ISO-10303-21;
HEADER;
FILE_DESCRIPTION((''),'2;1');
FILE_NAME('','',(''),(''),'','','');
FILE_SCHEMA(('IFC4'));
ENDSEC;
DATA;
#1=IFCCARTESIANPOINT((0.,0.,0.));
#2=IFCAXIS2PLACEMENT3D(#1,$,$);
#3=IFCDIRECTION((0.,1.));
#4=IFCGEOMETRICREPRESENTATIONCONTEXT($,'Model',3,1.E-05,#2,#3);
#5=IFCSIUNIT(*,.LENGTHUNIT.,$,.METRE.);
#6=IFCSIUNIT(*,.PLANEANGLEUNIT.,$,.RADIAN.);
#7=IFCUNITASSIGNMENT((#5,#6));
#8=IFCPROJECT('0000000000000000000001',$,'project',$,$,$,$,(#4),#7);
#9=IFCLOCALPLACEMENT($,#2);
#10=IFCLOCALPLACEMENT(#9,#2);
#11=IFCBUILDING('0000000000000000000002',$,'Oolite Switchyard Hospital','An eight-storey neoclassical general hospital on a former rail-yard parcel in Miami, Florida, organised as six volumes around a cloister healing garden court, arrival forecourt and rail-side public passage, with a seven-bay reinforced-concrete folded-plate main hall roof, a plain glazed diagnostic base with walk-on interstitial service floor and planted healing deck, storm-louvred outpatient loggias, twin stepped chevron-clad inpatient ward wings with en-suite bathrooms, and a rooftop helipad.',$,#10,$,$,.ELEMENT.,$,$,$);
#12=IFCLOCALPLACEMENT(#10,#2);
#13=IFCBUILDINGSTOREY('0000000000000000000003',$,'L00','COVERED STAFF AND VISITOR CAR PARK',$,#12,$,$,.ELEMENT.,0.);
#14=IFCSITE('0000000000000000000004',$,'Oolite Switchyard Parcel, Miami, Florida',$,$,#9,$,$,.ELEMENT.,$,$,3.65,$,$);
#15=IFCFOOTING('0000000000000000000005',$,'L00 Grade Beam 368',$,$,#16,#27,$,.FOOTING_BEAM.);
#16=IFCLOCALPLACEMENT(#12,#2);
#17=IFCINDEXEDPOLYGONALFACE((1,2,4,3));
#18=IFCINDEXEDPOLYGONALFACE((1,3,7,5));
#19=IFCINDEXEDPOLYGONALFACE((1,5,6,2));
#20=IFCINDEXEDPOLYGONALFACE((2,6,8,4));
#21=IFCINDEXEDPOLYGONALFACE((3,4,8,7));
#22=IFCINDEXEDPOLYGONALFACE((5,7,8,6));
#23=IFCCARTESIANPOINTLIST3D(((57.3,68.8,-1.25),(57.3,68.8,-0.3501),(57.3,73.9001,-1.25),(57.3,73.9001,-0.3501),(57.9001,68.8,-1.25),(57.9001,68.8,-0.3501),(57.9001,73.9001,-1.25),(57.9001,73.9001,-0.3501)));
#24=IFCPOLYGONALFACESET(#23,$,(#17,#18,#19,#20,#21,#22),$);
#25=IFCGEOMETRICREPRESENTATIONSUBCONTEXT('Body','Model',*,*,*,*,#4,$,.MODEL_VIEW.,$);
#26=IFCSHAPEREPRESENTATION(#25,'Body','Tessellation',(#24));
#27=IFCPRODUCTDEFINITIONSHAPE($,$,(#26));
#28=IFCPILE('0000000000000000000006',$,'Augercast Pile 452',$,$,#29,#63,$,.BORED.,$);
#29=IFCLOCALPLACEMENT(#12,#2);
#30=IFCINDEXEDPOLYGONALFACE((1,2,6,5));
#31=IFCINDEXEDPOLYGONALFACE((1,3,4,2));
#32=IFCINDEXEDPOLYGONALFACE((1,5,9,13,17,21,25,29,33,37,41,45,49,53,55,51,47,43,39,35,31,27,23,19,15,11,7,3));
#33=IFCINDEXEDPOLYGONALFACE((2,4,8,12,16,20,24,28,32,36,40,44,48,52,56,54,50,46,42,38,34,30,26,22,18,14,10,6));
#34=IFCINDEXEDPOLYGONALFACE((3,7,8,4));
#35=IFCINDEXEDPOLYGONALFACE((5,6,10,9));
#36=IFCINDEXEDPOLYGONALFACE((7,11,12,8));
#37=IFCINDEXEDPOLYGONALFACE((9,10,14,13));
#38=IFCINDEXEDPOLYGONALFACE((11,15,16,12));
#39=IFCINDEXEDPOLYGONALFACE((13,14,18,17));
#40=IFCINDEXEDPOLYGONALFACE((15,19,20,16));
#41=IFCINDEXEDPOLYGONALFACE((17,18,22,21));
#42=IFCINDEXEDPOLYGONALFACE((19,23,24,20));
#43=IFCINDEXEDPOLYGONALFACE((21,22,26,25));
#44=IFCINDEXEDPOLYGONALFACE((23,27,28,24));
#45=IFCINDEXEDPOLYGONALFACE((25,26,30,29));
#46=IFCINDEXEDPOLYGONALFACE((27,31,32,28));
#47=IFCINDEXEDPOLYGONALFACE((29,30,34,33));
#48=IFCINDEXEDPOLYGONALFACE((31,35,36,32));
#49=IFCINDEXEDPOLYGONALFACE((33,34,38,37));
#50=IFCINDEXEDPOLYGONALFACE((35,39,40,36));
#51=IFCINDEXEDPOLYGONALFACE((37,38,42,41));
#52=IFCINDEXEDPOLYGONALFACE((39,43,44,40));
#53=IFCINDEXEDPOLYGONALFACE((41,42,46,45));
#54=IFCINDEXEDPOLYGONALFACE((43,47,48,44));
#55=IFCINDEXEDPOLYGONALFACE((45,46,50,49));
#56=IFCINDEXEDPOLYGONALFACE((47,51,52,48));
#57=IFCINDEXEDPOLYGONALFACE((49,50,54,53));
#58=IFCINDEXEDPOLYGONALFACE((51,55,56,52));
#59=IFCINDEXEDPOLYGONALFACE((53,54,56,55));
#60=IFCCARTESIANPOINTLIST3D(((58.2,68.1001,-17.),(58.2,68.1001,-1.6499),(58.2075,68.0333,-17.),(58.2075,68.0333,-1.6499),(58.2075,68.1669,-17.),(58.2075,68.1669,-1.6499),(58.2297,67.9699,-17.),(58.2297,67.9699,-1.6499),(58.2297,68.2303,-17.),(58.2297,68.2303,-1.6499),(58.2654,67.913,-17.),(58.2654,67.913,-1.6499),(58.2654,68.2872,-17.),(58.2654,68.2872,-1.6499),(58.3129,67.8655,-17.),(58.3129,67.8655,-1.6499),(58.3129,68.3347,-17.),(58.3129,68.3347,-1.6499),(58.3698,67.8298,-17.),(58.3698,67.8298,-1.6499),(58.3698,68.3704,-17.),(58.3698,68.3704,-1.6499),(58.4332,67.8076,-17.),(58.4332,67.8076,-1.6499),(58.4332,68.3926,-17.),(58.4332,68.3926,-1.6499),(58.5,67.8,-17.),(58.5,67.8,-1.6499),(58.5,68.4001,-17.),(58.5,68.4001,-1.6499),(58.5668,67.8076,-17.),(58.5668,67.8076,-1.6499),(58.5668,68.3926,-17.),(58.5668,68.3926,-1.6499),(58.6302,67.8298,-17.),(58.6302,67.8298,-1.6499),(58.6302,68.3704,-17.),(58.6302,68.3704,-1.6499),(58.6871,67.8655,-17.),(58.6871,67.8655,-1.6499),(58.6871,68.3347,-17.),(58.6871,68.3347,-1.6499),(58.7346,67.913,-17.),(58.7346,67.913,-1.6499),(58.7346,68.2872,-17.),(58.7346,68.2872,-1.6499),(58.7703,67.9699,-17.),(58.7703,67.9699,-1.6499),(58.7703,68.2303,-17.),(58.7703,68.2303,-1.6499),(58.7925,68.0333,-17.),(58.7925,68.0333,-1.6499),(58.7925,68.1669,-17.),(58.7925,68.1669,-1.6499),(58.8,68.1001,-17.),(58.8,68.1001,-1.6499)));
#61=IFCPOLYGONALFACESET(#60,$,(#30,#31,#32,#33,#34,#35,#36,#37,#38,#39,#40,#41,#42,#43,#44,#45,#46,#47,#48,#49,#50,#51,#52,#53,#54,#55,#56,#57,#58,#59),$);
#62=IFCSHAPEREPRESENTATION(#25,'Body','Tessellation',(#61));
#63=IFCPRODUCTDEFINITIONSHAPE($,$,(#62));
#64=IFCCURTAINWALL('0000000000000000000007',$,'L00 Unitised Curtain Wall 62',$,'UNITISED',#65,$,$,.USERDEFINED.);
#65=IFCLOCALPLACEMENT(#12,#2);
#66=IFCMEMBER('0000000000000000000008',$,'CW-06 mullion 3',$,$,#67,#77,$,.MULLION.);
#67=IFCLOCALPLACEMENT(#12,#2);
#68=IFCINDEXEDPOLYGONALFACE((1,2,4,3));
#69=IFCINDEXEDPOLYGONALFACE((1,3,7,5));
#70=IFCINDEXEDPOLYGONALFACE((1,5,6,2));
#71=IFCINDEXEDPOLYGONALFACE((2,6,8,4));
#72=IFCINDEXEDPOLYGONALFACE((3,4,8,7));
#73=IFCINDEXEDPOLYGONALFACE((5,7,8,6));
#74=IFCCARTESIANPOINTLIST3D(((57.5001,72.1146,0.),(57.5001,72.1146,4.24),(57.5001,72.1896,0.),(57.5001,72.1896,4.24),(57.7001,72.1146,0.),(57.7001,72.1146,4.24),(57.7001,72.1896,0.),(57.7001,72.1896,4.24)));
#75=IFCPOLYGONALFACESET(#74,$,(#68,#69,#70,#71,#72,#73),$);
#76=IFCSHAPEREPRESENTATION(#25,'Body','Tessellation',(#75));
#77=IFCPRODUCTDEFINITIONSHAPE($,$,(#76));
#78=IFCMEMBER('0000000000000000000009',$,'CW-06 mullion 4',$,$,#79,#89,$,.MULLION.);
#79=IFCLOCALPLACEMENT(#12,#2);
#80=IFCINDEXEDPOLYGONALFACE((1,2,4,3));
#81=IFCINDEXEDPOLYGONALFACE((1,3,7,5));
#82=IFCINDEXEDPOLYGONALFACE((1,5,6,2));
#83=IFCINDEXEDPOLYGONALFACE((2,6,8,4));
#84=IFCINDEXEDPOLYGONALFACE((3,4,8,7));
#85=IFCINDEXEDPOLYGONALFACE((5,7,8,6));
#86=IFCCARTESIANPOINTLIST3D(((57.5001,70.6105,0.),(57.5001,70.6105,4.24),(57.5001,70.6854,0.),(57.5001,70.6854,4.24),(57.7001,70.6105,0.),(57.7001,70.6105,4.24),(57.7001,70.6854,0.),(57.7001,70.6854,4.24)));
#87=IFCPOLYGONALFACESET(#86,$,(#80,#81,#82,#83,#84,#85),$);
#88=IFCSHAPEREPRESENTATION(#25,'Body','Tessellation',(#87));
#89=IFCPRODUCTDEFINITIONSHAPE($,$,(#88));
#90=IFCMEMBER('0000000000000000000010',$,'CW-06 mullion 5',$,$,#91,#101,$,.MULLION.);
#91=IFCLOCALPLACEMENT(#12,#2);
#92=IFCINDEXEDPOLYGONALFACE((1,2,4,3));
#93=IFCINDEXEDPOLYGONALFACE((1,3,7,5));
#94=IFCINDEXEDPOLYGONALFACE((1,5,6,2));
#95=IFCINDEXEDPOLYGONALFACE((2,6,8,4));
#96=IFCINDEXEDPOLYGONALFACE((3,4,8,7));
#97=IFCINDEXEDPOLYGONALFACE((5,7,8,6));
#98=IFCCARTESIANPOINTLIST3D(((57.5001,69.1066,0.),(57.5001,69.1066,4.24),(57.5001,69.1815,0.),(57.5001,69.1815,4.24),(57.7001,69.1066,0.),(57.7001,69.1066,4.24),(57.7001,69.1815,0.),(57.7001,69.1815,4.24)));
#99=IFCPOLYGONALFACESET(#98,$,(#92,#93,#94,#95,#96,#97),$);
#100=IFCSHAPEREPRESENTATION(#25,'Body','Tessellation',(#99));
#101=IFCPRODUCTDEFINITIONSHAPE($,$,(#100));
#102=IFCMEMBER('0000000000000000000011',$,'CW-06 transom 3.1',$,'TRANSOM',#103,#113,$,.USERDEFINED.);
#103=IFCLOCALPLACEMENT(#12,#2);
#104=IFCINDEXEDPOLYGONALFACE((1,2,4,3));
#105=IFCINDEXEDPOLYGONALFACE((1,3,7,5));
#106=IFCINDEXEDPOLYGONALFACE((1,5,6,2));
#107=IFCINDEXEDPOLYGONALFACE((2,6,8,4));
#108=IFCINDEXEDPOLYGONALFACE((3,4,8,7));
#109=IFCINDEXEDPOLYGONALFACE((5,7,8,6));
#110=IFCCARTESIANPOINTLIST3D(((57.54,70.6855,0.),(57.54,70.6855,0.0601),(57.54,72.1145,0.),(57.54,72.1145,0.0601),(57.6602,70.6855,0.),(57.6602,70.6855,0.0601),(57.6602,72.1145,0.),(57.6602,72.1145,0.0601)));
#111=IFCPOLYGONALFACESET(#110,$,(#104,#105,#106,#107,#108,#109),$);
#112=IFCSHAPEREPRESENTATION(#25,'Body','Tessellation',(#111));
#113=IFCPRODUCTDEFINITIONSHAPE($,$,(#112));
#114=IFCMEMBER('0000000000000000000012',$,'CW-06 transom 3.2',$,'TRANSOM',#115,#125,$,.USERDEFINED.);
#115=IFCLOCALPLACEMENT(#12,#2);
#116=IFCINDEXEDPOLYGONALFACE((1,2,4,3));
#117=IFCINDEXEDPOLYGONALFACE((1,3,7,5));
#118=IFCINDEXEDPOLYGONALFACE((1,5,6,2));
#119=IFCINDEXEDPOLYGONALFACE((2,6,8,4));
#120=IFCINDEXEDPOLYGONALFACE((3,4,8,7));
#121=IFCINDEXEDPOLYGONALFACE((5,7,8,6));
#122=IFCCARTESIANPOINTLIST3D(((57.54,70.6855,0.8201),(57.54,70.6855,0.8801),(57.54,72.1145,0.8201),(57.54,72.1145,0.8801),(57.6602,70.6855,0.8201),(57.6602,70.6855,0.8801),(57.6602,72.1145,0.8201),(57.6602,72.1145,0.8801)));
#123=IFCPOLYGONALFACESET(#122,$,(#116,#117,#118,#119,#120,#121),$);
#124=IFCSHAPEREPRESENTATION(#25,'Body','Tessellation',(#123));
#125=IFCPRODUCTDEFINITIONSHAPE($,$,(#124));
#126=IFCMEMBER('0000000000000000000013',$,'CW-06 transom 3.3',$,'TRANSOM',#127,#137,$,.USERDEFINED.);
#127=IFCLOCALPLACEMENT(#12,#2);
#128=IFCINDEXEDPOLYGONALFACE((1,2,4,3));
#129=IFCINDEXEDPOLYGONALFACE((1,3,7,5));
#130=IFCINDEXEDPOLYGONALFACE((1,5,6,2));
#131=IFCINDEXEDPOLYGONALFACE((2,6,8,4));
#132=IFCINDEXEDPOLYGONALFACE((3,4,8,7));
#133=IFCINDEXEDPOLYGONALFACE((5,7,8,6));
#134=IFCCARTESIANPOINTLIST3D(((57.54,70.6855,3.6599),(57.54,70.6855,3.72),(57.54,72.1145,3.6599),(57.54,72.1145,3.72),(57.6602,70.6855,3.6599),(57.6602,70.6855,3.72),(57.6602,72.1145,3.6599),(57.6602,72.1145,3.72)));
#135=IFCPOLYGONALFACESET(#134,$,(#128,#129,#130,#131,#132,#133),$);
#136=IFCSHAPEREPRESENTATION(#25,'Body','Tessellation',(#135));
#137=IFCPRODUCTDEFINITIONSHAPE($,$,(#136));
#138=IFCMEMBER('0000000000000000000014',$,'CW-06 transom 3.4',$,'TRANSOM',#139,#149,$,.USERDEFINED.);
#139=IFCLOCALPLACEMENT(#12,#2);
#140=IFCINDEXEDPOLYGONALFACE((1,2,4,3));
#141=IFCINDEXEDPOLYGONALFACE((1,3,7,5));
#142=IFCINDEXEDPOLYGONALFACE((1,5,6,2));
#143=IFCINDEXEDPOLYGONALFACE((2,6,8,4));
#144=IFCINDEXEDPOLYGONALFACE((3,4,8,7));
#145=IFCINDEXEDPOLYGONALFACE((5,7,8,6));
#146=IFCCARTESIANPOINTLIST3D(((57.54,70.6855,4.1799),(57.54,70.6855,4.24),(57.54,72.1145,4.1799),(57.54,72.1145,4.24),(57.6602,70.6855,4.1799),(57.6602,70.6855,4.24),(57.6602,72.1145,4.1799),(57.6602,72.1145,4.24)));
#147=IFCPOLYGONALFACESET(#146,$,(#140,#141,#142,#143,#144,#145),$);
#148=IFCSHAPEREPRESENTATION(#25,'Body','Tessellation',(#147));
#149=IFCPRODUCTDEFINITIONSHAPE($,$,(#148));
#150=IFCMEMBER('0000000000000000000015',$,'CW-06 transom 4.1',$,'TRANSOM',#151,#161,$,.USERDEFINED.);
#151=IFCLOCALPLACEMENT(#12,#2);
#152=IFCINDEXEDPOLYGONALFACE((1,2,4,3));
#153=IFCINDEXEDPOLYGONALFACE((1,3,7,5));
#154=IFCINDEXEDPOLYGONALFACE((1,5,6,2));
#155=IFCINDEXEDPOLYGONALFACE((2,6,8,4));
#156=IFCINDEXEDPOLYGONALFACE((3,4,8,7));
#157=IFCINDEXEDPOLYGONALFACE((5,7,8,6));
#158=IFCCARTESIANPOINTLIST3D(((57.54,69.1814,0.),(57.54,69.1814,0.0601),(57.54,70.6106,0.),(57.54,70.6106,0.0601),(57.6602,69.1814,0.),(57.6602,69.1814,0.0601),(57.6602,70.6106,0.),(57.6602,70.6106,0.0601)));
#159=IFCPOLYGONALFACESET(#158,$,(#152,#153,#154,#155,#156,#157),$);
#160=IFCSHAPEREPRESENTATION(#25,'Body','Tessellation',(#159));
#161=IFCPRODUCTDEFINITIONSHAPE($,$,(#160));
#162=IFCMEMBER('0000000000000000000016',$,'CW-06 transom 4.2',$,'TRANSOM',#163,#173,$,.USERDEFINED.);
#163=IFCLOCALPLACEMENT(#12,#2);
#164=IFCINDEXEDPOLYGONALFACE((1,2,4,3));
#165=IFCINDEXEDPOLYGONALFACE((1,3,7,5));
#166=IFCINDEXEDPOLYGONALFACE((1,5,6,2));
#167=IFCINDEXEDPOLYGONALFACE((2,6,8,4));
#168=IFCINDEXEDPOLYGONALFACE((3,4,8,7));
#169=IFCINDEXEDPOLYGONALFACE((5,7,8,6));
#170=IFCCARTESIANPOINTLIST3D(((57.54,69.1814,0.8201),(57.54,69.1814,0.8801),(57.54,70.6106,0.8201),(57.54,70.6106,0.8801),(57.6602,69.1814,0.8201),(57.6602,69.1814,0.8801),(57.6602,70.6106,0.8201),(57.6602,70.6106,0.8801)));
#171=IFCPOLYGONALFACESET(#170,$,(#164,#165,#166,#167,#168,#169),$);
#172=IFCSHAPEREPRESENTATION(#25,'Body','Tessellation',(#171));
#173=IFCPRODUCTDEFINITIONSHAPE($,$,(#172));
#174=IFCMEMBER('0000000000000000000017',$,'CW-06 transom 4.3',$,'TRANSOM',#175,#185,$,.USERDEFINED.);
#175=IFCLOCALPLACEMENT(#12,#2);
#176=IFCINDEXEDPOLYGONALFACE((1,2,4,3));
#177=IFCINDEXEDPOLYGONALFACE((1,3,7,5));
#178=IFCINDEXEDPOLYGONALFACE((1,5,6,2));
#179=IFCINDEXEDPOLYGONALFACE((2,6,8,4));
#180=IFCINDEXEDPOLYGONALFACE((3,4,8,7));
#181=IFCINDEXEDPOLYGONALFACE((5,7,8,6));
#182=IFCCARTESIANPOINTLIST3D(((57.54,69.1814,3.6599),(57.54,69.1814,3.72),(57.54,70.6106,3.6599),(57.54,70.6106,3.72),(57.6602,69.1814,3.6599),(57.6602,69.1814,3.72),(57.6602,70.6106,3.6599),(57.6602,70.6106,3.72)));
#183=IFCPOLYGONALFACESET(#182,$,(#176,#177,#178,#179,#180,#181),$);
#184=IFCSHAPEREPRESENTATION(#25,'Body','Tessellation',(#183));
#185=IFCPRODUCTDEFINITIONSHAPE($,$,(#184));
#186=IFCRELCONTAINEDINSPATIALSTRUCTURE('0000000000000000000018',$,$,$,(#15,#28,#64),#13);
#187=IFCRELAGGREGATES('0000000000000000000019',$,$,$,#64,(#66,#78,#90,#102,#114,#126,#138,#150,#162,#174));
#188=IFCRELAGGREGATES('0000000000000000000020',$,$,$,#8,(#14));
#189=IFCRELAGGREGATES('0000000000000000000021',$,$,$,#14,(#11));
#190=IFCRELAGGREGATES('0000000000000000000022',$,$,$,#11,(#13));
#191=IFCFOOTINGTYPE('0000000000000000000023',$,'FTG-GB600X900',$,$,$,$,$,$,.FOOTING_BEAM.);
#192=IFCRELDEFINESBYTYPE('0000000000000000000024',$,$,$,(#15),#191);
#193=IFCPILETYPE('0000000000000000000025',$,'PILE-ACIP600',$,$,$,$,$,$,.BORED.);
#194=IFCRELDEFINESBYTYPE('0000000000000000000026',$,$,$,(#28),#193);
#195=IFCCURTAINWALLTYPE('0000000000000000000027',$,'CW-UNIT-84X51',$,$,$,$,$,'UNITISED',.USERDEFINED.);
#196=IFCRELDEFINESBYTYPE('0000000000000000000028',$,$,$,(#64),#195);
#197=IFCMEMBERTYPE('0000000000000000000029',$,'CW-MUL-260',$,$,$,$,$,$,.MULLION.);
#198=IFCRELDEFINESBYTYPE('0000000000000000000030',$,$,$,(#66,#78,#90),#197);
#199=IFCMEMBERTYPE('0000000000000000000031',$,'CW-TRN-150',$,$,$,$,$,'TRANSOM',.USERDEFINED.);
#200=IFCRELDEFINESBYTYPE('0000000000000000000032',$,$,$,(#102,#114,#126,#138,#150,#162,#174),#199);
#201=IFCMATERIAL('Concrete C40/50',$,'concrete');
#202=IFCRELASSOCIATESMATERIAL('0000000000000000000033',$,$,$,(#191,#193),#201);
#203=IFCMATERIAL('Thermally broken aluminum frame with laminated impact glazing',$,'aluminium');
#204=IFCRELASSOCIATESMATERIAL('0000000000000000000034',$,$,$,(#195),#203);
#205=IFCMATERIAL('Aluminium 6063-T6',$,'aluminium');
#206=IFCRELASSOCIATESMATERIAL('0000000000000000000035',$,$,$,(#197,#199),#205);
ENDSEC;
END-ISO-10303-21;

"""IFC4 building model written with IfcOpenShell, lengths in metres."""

from ifc_helpers import new_model, si_unit, direction, frame, origin, origin_2d, place, context, subcontext, project, spatial, rectangle, circle, extrude, material, material_profile, profile_set, type_object, element, aggregate, save


model = new_model("IFC4")

# Units and contexts
model_context = context("Model", 3, precision=1e-05, world=origin(), true_north=direction((0.0, 1.0)))
body_context = subcontext(model_context, "Body", "Model", "MODEL_VIEW")
ifc_project = project(units=[si_unit("LENGTHUNIT", "METRE"), si_unit("PLANEANGLEUNIT", "RADIAN")], contexts=[model_context])

# Site, building, storey
site_placement = place(None, origin())
site = spatial("IfcSite", under=ifc_project, at=site_placement, Name="Oolite Switchyard Parcel, Miami, Florida", CompositionType="ELEMENT", RefElevation=3.65)
building_placement = place(site_placement, origin())
building = spatial("IfcBuilding", under=site, at=building_placement, Name="Oolite Switchyard Hospital", Description="An eight-storey neoclassical general hospital on a former rail-yard parcel in Miami, Florida, organised as six volumes around a cloister healing garden court, arrival forecourt and rail-side public passage, with a seven-bay reinforced-concrete folded-plate main hall roof, a plain glazed diagnostic base with walk-on interstitial service floor and planted healing deck, storm-louvred outpatient loggias, twin stepped chevron-clad inpatient ward wings with en-suite bathrooms, and a rooftop helipad.", CompositionType="ELEMENT")
storey_placement = place(building_placement, origin())
storey = spatial("IfcBuildingStorey", under=building, at=storey_placement, Name="L00", Description="COVERED STAFF AND VISITOR CAR PARK", CompositionType="ELEMENT", Elevation=0.0)

# Footing
ifc_material_1 = material(Name="Concrete C40/50", Category="concrete")
footing_type = type_object("IfcFootingType", Name="FTG-GB600X900", PredefinedType="FOOTING_BEAM", material=ifc_material_1)
footing_placement = place(storey_placement, frame((57.6001, 71.3501, -1.25), z_axis=(0.0, 0.0, 1.0), x_axis=(0.0, 1.0, 0.0)))
element("IfcFooting", 1, at=footing_placement, inside=storey, type_object=footing_type, Name="L00 Grade Beam 368", PredefinedType="FOOTING_BEAM", context=body_context, shape_type="SweptSolid", body=[
    extrude(rectangle(XDim=5.1001, YDim=0.6001, at=origin_2d()), origin(), (0.0, 0.0, 1.0), 0.8999),
])

# Pile
ifc_material_profile_1 = material_profile(ifc_material_1, circle(Radius=0.3, at=origin_2d()), Name="PILE600")
ifc_profile_set_1 = profile_set([ifc_material_profile_1], Name="Concrete C40/50")
pile_type = type_object("IfcPileType", Name="PILE-ACIP600", PredefinedType="BORED", material=ifc_profile_set_1)
pile_placement = place(storey_placement, frame((58.5, 68.1001, -1.6499), z_axis=(0.0, 0.0, -1.0), x_axis=(1.0, 0.0, 0.0)))
element("IfcPile", 2, at=pile_placement, inside=storey, type_object=pile_type, Name="Augercast Pile 452", PredefinedType="BORED", context=body_context, shape_type="SweptSolid", body=[
    extrude(circle(Radius=0.3, at=origin_2d()), origin(), (0.0, 0.0, 1.0), 15.3501),
])

# Curtain wall, members
ifc_material_2 = material(Name="Thermally broken aluminum frame with laminated impact glazing", Category="aluminium")
curtain_wall_type = type_object("IfcCurtainWallType", Name="CW-UNIT-84X51", ElementType="UNITISED", PredefinedType="USERDEFINED", material=ifc_material_2)
curtain_wall_placement = place(storey_placement, origin())
curtain_wall = element("IfcCurtainWall", 3, at=curtain_wall_placement, inside=storey, type_object=curtain_wall_type, Name="L00 Unitised Curtain Wall 62", ObjectType="UNITISED", PredefinedType="USERDEFINED")
ifc_material_3 = material(Name="Aluminium 6063-T6", Category="aluminium")
ifc_material_profile_2 = material_profile(ifc_material_3, rectangle(XDim=0.2, YDim=0.075, at=origin_2d()), Name="CWM75X200")
ifc_profile_set_2 = profile_set([ifc_material_profile_2], Name="Aluminium 6063-T6")
member_type_1 = type_object("IfcMemberType", Name="CW-MUL-260", PredefinedType="MULLION", material=ifc_profile_set_2)
member_1_placement = place(storey_placement, frame((57.6001, 72.1521, 0.0), z_axis=(0.0, 0.0, 1.0), x_axis=(1.0, 0.0, 0.0)))
member_1 = element("IfcMember", 4, at=member_1_placement, type_object=member_type_1, Name="CW-06 mullion 3", PredefinedType="MULLION", context=body_context, shape_type="SweptSolid", body=[
    extrude(rectangle(XDim=0.2, YDim=0.075, at=origin_2d()), origin(), (0.0, 0.0, 1.0), 4.24),
])
member_2_placement = place(storey_placement, frame((57.6001, 70.6479, 0.0), z_axis=(0.0, 0.0, 1.0), x_axis=(1.0, 0.0, 0.0)))
member_2 = element("IfcMember", 5, at=member_2_placement, type_object=member_type_1, Name="CW-06 mullion 4", PredefinedType="MULLION", context=body_context, shape_type="SweptSolid", body=[
    extrude(rectangle(XDim=0.2, YDim=0.075, at=origin_2d()), origin(), (0.0, 0.0, 1.0), 4.24),
])
member_3_placement = place(storey_placement, frame((57.6001, 69.144, 0.0), z_axis=(0.0, 0.0, 1.0), x_axis=(1.0, 0.0, 0.0)))
member_3 = element("IfcMember", 6, at=member_3_placement, type_object=member_type_1, Name="CW-06 mullion 5", PredefinedType="MULLION", context=body_context, shape_type="SweptSolid", body=[
    extrude(rectangle(XDim=0.2, YDim=0.075, at=origin_2d()), origin(), (0.0, 0.0, 1.0), 4.24),
])
ifc_material_profile_3 = material_profile(ifc_material_3, rectangle(XDim=0.1201, YDim=0.0601, at=origin_2d()), Name="CWT60X120")
ifc_profile_set_3 = profile_set([ifc_material_profile_3], Name="Aluminium 6063-T6")
member_type_2 = type_object("IfcMemberType", Name="CW-TRN-150", ElementType="TRANSOM", PredefinedType="USERDEFINED", material=ifc_profile_set_3)
member_4_placement = place(storey_placement, frame((57.6001, 72.1145, 0.03), z_axis=(0.0, -1.0, 0.0), x_axis=(1.0, 0.0, 0.0)))
member_4 = element("IfcMember", 7, at=member_4_placement, type_object=member_type_2, Name="CW-06 transom 3.1", ObjectType="TRANSOM", PredefinedType="USERDEFINED", context=body_context, shape_type="SweptSolid", body=[
    extrude(rectangle(XDim=0.1201, YDim=0.0601, at=origin_2d()), origin(), (0.0, 0.0, 1.0), 1.429),
])
member_5_placement = place(storey_placement, frame((57.6001, 72.1145, 0.8501), z_axis=(0.0, -1.0, 0.0), x_axis=(1.0, 0.0, 0.0)))
member_5 = element("IfcMember", 8, at=member_5_placement, type_object=member_type_2, Name="CW-06 transom 3.2", ObjectType="TRANSOM", PredefinedType="USERDEFINED", context=body_context, shape_type="SweptSolid", body=[
    extrude(rectangle(XDim=0.1201, YDim=0.0601, at=origin_2d()), origin(), (0.0, 0.0, 1.0), 1.429),
])
member_6_placement = place(storey_placement, frame((57.6001, 72.1145, 3.6899), z_axis=(0.0, -1.0, 0.0), x_axis=(1.0, 0.0, 0.0)))
member_6 = element("IfcMember", 9, at=member_6_placement, type_object=member_type_2, Name="CW-06 transom 3.3", ObjectType="TRANSOM", PredefinedType="USERDEFINED", context=body_context, shape_type="SweptSolid", body=[
    extrude(rectangle(XDim=0.1201, YDim=0.0601, at=origin_2d()), origin(), (0.0, 0.0, 1.0), 1.429),
])
member_7_placement = place(storey_placement, frame((57.6001, 72.1145, 4.21), z_axis=(0.0, -1.0, 0.0), x_axis=(1.0, 0.0, 0.0)))
member_7 = element("IfcMember", 10, at=member_7_placement, type_object=member_type_2, Name="CW-06 transom 3.4", ObjectType="TRANSOM", PredefinedType="USERDEFINED", context=body_context, shape_type="SweptSolid", body=[
    extrude(rectangle(XDim=0.1201, YDim=0.0601, at=origin_2d()), origin(), (0.0, 0.0, 1.0), 1.429),
])
member_8_placement = place(storey_placement, frame((57.6001, 70.6106, 0.03), z_axis=(0.0, -1.0, 0.0), x_axis=(1.0, 0.0, 0.0)))
member_8 = element("IfcMember", 11, at=member_8_placement, type_object=member_type_2, Name="CW-06 transom 4.1", ObjectType="TRANSOM", PredefinedType="USERDEFINED", context=body_context, shape_type="SweptSolid", body=[
    extrude(rectangle(XDim=0.1201, YDim=0.0601, at=origin_2d()), origin(), (0.0, 0.0, 1.0), 1.4292),
])
member_9_placement = place(storey_placement, frame((57.6001, 70.6106, 0.8501), z_axis=(0.0, -1.0, 0.0), x_axis=(1.0, 0.0, 0.0)))
member_9 = element("IfcMember", 12, at=member_9_placement, type_object=member_type_2, Name="CW-06 transom 4.2", ObjectType="TRANSOM", PredefinedType="USERDEFINED", context=body_context, shape_type="SweptSolid", body=[
    extrude(rectangle(XDim=0.1201, YDim=0.0601, at=origin_2d()), origin(), (0.0, 0.0, 1.0), 1.4292),
])
member_10_placement = place(storey_placement, frame((57.6001, 70.6106, 3.6899), z_axis=(0.0, -1.0, 0.0), x_axis=(1.0, 0.0, 0.0)))
member_10 = element("IfcMember", 13, at=member_10_placement, type_object=member_type_2, Name="CW-06 transom 4.3", ObjectType="TRANSOM", PredefinedType="USERDEFINED", context=body_context, shape_type="SweptSolid", body=[
    extrude(rectangle(XDim=0.1201, YDim=0.0601, at=origin_2d()), origin(), (0.0, 0.0, 1.0), 1.4292),
])
aggregate(curtain_wall, [member_1, member_2, member_3, member_4, member_5, member_6, member_7, member_8, member_9, member_10])

save(model, "model.ifc")
